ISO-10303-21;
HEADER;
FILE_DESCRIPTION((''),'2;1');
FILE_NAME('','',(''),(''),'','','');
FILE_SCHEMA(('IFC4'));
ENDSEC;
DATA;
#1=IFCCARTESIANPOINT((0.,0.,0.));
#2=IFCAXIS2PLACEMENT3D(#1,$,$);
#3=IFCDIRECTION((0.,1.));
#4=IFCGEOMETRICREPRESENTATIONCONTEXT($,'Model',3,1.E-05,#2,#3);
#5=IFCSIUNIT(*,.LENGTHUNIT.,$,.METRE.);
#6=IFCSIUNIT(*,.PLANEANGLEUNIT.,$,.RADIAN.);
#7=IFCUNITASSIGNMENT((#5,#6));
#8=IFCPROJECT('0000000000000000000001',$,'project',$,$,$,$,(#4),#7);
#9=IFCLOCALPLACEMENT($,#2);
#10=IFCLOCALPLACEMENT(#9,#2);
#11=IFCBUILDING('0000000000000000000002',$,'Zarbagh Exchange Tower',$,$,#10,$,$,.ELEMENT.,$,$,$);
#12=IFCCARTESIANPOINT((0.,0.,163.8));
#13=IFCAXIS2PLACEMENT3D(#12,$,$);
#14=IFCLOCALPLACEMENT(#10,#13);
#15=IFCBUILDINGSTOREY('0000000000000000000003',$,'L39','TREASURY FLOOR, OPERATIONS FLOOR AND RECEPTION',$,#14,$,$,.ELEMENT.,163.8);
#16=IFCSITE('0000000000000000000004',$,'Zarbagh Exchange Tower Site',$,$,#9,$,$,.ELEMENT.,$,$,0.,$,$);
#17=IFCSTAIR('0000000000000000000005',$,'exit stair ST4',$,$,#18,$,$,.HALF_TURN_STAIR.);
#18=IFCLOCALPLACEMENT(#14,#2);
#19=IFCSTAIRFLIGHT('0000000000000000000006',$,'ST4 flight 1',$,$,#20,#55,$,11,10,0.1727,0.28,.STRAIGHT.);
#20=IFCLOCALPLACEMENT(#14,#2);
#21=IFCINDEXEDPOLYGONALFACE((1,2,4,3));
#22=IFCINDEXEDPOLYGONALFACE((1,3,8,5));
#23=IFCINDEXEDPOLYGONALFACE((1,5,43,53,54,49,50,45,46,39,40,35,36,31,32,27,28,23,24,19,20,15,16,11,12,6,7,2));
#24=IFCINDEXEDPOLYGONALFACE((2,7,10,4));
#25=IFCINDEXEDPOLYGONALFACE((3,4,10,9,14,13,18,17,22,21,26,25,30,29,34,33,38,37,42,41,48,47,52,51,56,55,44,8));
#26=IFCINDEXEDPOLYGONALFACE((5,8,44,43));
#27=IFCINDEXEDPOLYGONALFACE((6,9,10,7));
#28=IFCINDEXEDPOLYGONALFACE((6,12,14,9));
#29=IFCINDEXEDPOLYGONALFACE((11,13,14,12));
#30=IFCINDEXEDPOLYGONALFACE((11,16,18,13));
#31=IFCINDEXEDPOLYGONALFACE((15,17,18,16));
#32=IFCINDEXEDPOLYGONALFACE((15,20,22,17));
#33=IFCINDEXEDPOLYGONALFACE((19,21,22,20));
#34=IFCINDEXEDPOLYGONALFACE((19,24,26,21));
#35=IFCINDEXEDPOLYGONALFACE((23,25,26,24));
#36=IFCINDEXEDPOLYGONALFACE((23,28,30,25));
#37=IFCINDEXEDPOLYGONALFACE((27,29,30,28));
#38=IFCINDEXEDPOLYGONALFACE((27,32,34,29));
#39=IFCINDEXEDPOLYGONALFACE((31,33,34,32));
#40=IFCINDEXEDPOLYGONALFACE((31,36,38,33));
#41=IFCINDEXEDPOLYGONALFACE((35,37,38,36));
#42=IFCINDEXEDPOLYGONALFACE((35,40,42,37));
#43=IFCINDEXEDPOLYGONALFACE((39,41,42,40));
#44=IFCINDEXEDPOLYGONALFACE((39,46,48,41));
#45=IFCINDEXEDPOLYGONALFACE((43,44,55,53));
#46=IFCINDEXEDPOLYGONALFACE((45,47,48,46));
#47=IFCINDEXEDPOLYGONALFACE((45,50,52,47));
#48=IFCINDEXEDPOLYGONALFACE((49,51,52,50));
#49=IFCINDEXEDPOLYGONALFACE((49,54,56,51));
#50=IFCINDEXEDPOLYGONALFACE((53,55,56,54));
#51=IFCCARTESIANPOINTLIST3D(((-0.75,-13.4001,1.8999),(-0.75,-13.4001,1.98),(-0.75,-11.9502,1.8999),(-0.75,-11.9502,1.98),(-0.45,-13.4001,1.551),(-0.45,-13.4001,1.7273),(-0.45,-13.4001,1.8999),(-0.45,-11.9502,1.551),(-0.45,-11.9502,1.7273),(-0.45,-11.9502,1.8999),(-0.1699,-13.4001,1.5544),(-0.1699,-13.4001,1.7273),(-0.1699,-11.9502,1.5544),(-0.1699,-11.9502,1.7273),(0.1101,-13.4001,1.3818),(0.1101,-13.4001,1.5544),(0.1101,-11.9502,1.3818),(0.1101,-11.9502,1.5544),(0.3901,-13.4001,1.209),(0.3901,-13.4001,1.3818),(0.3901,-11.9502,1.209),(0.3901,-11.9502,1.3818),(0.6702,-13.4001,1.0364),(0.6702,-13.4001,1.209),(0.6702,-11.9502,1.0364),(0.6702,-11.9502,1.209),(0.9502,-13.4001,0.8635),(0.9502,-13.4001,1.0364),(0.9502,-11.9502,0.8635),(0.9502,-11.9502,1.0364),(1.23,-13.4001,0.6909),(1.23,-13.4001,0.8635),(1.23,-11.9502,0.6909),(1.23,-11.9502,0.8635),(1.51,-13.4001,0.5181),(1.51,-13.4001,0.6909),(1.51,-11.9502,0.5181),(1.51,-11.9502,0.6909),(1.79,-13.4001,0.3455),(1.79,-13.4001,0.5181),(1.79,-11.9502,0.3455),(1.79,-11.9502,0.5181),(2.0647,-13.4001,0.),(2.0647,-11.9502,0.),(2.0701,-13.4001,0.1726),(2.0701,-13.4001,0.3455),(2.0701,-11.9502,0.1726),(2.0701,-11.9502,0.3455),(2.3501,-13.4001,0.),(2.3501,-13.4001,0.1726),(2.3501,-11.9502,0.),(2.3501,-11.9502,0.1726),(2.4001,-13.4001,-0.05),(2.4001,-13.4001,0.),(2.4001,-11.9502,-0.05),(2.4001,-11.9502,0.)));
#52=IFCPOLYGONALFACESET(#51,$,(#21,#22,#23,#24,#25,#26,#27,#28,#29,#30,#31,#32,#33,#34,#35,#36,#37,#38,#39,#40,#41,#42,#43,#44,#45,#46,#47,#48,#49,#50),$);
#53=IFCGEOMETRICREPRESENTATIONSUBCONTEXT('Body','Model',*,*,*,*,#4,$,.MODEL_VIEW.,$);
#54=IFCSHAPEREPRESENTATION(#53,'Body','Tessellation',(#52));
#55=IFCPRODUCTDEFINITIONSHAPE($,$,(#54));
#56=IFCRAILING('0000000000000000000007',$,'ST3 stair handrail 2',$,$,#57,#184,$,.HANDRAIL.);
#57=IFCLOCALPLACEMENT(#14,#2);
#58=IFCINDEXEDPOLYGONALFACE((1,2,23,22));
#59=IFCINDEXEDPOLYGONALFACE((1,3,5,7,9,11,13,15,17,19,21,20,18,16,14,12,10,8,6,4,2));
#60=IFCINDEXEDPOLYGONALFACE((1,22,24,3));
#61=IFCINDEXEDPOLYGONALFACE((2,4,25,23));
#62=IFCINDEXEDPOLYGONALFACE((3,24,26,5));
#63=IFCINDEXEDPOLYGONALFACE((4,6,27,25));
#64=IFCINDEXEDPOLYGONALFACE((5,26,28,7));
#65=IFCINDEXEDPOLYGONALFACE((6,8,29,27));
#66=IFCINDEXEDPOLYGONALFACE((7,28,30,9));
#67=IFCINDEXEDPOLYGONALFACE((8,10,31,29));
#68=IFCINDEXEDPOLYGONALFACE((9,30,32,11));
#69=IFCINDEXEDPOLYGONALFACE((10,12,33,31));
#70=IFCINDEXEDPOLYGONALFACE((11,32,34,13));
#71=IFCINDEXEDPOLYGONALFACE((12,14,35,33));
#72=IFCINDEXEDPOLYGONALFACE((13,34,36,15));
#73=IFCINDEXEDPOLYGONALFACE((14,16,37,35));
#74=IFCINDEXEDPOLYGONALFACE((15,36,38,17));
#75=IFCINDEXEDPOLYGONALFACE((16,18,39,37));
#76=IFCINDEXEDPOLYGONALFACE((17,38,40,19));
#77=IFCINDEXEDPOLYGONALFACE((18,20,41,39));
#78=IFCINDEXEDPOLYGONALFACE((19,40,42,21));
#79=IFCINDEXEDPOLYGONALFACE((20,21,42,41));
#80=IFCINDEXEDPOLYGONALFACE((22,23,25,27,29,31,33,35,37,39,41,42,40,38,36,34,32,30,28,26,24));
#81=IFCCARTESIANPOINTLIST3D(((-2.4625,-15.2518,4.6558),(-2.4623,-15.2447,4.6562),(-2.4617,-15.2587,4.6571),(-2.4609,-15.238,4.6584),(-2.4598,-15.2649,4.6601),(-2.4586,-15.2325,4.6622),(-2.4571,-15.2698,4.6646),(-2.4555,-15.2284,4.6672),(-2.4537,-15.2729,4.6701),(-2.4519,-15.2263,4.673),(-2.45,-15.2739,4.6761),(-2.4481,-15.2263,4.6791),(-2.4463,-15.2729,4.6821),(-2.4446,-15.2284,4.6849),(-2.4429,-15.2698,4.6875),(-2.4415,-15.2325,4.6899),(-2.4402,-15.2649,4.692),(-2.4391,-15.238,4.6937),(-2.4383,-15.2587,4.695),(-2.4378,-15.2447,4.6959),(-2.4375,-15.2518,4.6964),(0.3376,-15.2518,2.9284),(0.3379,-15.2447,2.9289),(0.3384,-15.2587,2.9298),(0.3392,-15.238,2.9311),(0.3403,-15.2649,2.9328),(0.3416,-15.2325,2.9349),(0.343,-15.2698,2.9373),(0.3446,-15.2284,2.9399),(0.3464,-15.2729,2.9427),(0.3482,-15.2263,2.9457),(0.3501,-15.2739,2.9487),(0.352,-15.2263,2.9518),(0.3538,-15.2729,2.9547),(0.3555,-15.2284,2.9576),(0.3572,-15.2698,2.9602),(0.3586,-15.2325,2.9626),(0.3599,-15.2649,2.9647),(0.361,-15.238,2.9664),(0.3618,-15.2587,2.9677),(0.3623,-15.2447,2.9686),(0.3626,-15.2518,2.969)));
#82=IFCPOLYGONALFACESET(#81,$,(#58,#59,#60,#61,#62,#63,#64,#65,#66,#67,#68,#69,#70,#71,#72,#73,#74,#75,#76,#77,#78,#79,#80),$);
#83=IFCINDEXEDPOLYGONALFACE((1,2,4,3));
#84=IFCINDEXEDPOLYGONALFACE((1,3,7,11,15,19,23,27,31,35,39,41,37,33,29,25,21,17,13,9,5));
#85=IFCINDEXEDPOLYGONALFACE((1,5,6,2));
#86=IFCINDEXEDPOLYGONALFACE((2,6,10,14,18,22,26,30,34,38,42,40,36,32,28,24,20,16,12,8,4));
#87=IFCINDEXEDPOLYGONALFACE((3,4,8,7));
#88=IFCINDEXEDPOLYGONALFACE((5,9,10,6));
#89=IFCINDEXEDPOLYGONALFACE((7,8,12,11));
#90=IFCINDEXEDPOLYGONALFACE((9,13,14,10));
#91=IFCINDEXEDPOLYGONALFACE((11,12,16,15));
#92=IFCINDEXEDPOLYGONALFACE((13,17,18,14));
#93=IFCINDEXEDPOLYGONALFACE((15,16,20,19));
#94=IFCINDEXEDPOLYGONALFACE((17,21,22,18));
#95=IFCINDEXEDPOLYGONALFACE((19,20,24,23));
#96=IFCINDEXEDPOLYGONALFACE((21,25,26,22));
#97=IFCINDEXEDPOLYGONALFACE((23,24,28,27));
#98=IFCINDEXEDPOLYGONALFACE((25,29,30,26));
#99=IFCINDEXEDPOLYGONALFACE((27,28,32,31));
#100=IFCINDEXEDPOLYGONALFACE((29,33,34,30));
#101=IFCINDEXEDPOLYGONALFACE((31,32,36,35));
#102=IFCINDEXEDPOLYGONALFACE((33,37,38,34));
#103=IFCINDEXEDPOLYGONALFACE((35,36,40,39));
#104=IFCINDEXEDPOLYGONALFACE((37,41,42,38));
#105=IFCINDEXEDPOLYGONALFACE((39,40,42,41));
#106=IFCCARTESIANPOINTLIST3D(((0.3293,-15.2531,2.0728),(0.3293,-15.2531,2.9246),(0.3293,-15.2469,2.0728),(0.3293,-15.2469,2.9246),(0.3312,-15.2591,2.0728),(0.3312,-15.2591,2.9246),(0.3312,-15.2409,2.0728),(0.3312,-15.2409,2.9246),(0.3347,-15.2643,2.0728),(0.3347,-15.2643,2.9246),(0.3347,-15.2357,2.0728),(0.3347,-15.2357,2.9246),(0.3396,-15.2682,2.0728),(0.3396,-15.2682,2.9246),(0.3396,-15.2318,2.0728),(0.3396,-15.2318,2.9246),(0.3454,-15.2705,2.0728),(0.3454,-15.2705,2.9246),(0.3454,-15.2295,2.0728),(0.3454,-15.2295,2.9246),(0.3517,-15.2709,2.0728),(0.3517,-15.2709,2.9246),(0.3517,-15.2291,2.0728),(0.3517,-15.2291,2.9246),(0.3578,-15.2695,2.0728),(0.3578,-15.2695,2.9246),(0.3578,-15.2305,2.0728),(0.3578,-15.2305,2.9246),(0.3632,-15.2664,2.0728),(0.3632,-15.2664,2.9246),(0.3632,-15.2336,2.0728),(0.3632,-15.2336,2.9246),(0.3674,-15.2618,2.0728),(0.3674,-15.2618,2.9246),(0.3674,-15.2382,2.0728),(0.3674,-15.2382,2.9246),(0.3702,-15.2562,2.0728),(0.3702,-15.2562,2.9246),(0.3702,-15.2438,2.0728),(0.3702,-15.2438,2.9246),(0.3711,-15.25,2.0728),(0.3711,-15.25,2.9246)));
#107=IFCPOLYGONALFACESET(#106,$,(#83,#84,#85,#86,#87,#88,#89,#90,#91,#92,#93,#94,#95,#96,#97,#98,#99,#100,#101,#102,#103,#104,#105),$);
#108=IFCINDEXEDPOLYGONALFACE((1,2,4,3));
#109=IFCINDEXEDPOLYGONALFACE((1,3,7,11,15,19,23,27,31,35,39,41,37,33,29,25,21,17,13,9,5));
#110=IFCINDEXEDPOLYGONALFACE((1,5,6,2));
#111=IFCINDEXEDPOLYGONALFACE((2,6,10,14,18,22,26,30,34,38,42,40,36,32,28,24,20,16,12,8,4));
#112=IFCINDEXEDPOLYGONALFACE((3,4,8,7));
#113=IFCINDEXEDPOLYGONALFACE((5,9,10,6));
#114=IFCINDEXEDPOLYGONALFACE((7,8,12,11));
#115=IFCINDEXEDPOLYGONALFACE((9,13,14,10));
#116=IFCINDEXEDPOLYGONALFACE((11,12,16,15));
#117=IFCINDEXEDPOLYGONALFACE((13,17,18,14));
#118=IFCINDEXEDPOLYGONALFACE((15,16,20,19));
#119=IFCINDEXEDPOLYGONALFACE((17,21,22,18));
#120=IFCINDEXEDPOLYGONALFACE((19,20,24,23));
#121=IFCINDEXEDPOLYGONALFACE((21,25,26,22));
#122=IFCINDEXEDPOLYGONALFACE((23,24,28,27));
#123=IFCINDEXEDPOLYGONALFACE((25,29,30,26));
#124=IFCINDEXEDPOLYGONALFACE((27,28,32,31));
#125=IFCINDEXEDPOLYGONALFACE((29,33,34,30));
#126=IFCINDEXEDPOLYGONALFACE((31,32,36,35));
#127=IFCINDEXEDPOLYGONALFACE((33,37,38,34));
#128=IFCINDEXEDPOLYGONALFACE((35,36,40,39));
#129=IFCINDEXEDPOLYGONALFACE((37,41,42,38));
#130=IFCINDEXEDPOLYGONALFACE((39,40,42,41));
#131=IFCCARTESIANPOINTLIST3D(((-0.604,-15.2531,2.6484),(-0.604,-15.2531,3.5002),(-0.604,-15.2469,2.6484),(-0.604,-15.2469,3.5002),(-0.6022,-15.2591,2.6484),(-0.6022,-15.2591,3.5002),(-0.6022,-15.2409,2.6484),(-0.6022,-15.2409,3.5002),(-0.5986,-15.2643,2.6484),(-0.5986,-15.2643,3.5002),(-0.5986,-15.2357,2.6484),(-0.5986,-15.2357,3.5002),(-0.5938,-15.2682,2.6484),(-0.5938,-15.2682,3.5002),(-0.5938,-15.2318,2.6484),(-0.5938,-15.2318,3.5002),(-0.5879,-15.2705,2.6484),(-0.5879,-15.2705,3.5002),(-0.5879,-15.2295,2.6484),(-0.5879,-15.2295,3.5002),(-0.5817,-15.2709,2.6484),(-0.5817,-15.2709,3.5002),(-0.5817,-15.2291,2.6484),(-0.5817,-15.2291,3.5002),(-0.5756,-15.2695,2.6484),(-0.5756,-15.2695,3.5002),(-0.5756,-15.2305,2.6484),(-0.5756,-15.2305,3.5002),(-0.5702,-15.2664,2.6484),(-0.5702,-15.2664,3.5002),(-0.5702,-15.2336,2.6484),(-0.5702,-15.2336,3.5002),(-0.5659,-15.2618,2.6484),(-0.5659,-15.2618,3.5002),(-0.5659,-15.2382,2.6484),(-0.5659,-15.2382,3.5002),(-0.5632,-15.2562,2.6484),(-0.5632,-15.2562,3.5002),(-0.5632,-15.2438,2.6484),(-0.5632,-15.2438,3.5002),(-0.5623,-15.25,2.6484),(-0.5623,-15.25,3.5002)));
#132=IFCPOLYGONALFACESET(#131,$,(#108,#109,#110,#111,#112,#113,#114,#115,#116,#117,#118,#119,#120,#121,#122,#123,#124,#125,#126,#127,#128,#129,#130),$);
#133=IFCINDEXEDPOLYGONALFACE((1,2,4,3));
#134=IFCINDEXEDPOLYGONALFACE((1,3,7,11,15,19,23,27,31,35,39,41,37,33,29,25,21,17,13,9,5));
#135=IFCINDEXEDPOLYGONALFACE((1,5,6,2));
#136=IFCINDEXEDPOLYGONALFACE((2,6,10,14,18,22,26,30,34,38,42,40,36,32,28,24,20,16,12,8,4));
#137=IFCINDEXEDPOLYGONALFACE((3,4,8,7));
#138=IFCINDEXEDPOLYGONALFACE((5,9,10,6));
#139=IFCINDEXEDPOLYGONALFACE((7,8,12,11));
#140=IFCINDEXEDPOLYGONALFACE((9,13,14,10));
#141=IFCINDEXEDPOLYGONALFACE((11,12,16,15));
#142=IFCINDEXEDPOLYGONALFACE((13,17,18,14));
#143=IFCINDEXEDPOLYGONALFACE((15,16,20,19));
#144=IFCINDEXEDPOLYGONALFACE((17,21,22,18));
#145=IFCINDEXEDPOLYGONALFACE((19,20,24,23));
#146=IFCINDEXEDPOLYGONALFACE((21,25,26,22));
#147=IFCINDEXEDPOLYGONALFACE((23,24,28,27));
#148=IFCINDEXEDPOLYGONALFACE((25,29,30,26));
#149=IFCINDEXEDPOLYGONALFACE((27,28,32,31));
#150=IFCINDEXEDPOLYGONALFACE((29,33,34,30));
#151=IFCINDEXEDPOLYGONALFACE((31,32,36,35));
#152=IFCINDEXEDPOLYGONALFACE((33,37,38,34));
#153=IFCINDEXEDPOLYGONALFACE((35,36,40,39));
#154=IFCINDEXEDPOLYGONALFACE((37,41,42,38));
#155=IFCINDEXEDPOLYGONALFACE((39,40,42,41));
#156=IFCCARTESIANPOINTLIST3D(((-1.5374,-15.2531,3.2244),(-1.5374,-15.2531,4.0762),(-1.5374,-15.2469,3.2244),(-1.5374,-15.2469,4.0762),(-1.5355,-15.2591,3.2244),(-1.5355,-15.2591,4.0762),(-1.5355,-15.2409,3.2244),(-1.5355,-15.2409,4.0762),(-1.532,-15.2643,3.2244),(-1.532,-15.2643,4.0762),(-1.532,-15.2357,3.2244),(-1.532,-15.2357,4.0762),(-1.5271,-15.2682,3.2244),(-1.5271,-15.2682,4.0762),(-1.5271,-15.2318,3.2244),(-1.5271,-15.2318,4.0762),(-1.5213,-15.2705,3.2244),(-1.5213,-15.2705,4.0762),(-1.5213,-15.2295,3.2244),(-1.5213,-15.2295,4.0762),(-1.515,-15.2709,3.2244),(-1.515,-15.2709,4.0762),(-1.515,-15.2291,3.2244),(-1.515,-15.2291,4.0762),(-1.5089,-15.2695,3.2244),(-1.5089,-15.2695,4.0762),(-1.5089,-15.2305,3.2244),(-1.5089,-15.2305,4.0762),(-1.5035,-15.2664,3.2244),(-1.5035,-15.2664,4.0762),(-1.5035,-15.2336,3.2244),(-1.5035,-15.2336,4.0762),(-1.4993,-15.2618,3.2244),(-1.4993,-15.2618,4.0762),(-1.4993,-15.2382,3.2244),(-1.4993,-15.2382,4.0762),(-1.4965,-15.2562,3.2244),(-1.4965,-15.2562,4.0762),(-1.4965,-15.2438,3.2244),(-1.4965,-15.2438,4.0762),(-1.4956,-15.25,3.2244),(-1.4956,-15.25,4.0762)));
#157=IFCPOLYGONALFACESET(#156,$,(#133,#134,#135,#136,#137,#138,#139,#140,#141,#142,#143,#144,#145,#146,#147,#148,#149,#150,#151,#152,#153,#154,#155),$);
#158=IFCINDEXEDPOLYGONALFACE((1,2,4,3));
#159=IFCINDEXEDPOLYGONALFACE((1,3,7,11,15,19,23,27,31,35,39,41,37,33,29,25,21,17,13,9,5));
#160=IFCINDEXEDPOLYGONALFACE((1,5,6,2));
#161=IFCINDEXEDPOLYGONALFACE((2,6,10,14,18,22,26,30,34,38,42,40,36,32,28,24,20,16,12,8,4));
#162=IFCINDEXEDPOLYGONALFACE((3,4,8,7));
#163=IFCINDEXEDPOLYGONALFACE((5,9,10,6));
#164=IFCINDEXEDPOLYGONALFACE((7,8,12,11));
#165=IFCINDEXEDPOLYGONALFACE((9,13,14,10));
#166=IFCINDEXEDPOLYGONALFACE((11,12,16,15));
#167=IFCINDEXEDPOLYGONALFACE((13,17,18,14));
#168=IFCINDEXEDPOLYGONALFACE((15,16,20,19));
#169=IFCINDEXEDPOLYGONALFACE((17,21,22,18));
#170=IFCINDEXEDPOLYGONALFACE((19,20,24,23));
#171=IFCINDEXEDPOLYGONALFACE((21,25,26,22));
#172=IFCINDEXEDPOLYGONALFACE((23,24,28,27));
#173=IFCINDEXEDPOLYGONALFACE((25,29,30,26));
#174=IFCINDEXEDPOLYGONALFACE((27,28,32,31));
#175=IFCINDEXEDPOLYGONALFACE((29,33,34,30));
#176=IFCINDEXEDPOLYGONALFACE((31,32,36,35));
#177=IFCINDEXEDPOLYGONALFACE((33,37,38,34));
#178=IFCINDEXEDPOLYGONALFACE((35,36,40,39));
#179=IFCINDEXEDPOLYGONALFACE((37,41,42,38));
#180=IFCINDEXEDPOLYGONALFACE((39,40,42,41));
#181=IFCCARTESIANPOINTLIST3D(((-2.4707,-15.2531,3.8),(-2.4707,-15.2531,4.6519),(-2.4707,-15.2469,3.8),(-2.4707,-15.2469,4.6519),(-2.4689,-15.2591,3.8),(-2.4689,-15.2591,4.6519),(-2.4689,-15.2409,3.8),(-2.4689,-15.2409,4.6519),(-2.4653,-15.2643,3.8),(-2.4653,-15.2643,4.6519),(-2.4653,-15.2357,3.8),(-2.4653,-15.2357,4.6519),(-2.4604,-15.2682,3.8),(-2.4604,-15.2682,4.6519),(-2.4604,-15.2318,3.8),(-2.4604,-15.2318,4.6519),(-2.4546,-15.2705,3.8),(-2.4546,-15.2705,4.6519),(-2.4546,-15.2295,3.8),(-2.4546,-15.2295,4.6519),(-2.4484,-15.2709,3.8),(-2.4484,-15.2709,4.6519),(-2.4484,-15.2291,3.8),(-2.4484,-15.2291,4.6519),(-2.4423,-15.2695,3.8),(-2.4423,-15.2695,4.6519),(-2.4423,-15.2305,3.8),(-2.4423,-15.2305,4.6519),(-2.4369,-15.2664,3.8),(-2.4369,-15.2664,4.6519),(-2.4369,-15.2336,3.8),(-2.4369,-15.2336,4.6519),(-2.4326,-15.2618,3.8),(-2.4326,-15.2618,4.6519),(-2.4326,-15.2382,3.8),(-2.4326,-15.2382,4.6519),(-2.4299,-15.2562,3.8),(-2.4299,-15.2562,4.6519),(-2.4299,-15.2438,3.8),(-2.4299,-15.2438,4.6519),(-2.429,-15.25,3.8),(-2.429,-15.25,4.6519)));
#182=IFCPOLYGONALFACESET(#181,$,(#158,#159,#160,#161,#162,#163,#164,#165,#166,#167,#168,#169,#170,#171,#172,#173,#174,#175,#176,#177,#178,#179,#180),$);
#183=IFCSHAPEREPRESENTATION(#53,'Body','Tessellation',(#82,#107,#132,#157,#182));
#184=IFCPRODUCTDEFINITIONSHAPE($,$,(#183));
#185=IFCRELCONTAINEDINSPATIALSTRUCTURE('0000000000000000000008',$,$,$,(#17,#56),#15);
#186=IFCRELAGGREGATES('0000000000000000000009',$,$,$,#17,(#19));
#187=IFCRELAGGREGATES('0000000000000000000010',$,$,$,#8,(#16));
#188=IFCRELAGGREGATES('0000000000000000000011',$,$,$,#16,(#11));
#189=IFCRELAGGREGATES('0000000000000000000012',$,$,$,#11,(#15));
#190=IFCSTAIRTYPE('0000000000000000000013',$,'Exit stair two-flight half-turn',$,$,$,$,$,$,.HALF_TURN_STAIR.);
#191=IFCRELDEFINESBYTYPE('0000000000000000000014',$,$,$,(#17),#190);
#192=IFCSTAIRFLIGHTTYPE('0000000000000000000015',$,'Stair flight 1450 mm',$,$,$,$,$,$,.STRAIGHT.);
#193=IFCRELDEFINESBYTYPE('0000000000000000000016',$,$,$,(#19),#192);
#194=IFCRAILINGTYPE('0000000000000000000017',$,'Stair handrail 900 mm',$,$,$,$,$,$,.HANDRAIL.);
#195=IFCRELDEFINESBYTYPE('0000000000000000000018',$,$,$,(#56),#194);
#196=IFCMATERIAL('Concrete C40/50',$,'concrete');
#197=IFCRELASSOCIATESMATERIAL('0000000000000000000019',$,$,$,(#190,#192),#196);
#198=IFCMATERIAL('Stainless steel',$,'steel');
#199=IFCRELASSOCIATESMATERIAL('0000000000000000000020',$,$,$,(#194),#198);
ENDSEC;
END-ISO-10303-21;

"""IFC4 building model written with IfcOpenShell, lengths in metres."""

from ifc_helpers import new_model, si_unit, direction, frame, origin, origin_2d, place, context, subcontext, project, spatial, polyline, circle, outline, extrude, material, type_object, element, aggregate, save


model = new_model("IFC4")

# Units and contexts
model_context = context("Model", 3, precision=1e-05, world=origin(), true_north=direction((0.0, 1.0)))
body_context = subcontext(model_context, "Body", "Model", "MODEL_VIEW")
ifc_project = project(units=[si_unit("LENGTHUNIT", "METRE"), si_unit("PLANEANGLEUNIT", "RADIAN")], contexts=[model_context])

# Site, building, storey
site_placement = place(None, origin())
site = spatial("IfcSite", under=ifc_project, at=site_placement, Name="Zarbagh Exchange Tower Site", CompositionType="ELEMENT", RefElevation=0.0)
building_placement = place(site_placement, origin())
building = spatial("IfcBuilding", under=site, at=building_placement, Name="Zarbagh Exchange Tower", CompositionType="ELEMENT")
storey_placement = place(building_placement, frame((0.0, 0.0, 163.8)))
storey = spatial("IfcBuildingStorey", under=building, at=storey_placement, Name="L39", Description="TREASURY FLOOR, OPERATIONS FLOOR AND RECEPTION", CompositionType="ELEMENT", Elevation=163.8)

# Shared definitions
ifc_material_1 = material(Name="Stainless steel", Category="steel")

# Stair, stair flight
ifc_material_2 = material(Name="Concrete C40/50", Category="concrete")
stair_type = type_object("IfcStairType", Name="Exit stair two-flight half-turn", PredefinedType="HALF_TURN_STAIR", material=ifc_material_2)
stair_1_placement = place(storey_placement, origin())
stair_1 = element("IfcStair", 1, at=stair_1_placement, inside=storey, type_object=stair_type, Name="exit stair ST4", PredefinedType="HALF_TURN_STAIR")
stair_flight_type_1 = type_object("IfcStairFlightType", Name="Stair flight 1450 mm", PredefinedType="STRAIGHT", material=ifc_material_2)
stair_flight_1_placement = place(storey_placement, frame((2.3501, -12.675, 0.0), z_axis=(0.0, 0.0, 1.0), x_axis=(-1.0, 0.0, 0.0)))
stair_flight_1 = element("IfcStairFlight", 2, at=stair_flight_1_placement, type_object=stair_flight_type_1, Name="ST4 flight 1", NumberOfRisers=11, NumberOfTreads=10, PredefinedType="STRAIGHT", RiserHeight=0.1727, TreadLength=0.28, context=body_context, shape_type="SweptSolid", body=[
    extrude(outline(polyline([(-0.05, -0.05), (-0.05, 0.0), (0.0, 0.0), (0.0, 0.1726), (0.28, 0.1726), (0.28, 0.3455), (0.5601, 0.3455), (0.5601, 0.5181), (0.8401, 0.5181), (0.8401, 0.6909), (1.1201, 0.6909), (1.1201, 0.8635), (1.3999, 0.8635), (1.3999, 1.0364), (1.6799, 1.0364), (1.6799, 1.209), (1.96, 1.209), (1.96, 1.3818), (2.24, 1.3818), (2.24, 1.5544), (2.52, 1.5544), (2.52, 1.7273), (2.8, 1.7273), (2.8, 1.8999), (3.1001, 1.98), (3.1001, 1.8999), (2.8, 1.551), (0.2854, 0.0), (-0.05, -0.05)])), frame((0.0, 0.7251, 0.0), z_axis=(0.0, -1.0, 0.0), x_axis=(1.0, 0.0, 0.0)), (0.0, 0.0, 1.0), 1.45),
])
aggregate(stair_1, [stair_flight_1])

# Railing
railing_type_1 = type_object("IfcRailingType", Name="Stair handrail 900 mm", PredefinedType="HANDRAIL", material=ifc_material_1)
railing_1_placement = place(storey_placement, frame((0.3501, -15.25, 2.0728)))
element("IfcRailing", 3, at=railing_1_placement, inside=storey, type_object=railing_type_1, Name="ST3 stair handrail 2", PredefinedType="HANDRAIL", context=body_context, shape_type="SweptSolid", body=[
    extrude(circle(Radius=0.0239, at=origin_2d()), frame((0.0, 0.0, 0.876), z_axis=(-0.85109, 0.0, 0.52502), x_axis=(0.0, -1.0, 0.0)), (0.0, 0.0, 1.0), 3.29),
    extrude(circle(Radius=0.021, at=origin_2d()), origin(), (0.0, 0.0, 1.0), 0.8518),
    extrude(circle(Radius=0.021, at=origin_2d()), frame((-0.9333, 0.0, 0.5757)), (0.0, 0.0, 1.0), 0.8518),
    extrude(circle(Radius=0.021, at=origin_2d()), frame((-1.8667, 0.0, 1.1516)), (0.0, 0.0, 1.0), 0.8518),
    extrude(circle(Radius=0.021, at=origin_2d()), frame((-2.8, 0.0, 1.7273)), (0.0, 0.0, 1.0), 0.8518),
])

save(model, "model.ifc")
